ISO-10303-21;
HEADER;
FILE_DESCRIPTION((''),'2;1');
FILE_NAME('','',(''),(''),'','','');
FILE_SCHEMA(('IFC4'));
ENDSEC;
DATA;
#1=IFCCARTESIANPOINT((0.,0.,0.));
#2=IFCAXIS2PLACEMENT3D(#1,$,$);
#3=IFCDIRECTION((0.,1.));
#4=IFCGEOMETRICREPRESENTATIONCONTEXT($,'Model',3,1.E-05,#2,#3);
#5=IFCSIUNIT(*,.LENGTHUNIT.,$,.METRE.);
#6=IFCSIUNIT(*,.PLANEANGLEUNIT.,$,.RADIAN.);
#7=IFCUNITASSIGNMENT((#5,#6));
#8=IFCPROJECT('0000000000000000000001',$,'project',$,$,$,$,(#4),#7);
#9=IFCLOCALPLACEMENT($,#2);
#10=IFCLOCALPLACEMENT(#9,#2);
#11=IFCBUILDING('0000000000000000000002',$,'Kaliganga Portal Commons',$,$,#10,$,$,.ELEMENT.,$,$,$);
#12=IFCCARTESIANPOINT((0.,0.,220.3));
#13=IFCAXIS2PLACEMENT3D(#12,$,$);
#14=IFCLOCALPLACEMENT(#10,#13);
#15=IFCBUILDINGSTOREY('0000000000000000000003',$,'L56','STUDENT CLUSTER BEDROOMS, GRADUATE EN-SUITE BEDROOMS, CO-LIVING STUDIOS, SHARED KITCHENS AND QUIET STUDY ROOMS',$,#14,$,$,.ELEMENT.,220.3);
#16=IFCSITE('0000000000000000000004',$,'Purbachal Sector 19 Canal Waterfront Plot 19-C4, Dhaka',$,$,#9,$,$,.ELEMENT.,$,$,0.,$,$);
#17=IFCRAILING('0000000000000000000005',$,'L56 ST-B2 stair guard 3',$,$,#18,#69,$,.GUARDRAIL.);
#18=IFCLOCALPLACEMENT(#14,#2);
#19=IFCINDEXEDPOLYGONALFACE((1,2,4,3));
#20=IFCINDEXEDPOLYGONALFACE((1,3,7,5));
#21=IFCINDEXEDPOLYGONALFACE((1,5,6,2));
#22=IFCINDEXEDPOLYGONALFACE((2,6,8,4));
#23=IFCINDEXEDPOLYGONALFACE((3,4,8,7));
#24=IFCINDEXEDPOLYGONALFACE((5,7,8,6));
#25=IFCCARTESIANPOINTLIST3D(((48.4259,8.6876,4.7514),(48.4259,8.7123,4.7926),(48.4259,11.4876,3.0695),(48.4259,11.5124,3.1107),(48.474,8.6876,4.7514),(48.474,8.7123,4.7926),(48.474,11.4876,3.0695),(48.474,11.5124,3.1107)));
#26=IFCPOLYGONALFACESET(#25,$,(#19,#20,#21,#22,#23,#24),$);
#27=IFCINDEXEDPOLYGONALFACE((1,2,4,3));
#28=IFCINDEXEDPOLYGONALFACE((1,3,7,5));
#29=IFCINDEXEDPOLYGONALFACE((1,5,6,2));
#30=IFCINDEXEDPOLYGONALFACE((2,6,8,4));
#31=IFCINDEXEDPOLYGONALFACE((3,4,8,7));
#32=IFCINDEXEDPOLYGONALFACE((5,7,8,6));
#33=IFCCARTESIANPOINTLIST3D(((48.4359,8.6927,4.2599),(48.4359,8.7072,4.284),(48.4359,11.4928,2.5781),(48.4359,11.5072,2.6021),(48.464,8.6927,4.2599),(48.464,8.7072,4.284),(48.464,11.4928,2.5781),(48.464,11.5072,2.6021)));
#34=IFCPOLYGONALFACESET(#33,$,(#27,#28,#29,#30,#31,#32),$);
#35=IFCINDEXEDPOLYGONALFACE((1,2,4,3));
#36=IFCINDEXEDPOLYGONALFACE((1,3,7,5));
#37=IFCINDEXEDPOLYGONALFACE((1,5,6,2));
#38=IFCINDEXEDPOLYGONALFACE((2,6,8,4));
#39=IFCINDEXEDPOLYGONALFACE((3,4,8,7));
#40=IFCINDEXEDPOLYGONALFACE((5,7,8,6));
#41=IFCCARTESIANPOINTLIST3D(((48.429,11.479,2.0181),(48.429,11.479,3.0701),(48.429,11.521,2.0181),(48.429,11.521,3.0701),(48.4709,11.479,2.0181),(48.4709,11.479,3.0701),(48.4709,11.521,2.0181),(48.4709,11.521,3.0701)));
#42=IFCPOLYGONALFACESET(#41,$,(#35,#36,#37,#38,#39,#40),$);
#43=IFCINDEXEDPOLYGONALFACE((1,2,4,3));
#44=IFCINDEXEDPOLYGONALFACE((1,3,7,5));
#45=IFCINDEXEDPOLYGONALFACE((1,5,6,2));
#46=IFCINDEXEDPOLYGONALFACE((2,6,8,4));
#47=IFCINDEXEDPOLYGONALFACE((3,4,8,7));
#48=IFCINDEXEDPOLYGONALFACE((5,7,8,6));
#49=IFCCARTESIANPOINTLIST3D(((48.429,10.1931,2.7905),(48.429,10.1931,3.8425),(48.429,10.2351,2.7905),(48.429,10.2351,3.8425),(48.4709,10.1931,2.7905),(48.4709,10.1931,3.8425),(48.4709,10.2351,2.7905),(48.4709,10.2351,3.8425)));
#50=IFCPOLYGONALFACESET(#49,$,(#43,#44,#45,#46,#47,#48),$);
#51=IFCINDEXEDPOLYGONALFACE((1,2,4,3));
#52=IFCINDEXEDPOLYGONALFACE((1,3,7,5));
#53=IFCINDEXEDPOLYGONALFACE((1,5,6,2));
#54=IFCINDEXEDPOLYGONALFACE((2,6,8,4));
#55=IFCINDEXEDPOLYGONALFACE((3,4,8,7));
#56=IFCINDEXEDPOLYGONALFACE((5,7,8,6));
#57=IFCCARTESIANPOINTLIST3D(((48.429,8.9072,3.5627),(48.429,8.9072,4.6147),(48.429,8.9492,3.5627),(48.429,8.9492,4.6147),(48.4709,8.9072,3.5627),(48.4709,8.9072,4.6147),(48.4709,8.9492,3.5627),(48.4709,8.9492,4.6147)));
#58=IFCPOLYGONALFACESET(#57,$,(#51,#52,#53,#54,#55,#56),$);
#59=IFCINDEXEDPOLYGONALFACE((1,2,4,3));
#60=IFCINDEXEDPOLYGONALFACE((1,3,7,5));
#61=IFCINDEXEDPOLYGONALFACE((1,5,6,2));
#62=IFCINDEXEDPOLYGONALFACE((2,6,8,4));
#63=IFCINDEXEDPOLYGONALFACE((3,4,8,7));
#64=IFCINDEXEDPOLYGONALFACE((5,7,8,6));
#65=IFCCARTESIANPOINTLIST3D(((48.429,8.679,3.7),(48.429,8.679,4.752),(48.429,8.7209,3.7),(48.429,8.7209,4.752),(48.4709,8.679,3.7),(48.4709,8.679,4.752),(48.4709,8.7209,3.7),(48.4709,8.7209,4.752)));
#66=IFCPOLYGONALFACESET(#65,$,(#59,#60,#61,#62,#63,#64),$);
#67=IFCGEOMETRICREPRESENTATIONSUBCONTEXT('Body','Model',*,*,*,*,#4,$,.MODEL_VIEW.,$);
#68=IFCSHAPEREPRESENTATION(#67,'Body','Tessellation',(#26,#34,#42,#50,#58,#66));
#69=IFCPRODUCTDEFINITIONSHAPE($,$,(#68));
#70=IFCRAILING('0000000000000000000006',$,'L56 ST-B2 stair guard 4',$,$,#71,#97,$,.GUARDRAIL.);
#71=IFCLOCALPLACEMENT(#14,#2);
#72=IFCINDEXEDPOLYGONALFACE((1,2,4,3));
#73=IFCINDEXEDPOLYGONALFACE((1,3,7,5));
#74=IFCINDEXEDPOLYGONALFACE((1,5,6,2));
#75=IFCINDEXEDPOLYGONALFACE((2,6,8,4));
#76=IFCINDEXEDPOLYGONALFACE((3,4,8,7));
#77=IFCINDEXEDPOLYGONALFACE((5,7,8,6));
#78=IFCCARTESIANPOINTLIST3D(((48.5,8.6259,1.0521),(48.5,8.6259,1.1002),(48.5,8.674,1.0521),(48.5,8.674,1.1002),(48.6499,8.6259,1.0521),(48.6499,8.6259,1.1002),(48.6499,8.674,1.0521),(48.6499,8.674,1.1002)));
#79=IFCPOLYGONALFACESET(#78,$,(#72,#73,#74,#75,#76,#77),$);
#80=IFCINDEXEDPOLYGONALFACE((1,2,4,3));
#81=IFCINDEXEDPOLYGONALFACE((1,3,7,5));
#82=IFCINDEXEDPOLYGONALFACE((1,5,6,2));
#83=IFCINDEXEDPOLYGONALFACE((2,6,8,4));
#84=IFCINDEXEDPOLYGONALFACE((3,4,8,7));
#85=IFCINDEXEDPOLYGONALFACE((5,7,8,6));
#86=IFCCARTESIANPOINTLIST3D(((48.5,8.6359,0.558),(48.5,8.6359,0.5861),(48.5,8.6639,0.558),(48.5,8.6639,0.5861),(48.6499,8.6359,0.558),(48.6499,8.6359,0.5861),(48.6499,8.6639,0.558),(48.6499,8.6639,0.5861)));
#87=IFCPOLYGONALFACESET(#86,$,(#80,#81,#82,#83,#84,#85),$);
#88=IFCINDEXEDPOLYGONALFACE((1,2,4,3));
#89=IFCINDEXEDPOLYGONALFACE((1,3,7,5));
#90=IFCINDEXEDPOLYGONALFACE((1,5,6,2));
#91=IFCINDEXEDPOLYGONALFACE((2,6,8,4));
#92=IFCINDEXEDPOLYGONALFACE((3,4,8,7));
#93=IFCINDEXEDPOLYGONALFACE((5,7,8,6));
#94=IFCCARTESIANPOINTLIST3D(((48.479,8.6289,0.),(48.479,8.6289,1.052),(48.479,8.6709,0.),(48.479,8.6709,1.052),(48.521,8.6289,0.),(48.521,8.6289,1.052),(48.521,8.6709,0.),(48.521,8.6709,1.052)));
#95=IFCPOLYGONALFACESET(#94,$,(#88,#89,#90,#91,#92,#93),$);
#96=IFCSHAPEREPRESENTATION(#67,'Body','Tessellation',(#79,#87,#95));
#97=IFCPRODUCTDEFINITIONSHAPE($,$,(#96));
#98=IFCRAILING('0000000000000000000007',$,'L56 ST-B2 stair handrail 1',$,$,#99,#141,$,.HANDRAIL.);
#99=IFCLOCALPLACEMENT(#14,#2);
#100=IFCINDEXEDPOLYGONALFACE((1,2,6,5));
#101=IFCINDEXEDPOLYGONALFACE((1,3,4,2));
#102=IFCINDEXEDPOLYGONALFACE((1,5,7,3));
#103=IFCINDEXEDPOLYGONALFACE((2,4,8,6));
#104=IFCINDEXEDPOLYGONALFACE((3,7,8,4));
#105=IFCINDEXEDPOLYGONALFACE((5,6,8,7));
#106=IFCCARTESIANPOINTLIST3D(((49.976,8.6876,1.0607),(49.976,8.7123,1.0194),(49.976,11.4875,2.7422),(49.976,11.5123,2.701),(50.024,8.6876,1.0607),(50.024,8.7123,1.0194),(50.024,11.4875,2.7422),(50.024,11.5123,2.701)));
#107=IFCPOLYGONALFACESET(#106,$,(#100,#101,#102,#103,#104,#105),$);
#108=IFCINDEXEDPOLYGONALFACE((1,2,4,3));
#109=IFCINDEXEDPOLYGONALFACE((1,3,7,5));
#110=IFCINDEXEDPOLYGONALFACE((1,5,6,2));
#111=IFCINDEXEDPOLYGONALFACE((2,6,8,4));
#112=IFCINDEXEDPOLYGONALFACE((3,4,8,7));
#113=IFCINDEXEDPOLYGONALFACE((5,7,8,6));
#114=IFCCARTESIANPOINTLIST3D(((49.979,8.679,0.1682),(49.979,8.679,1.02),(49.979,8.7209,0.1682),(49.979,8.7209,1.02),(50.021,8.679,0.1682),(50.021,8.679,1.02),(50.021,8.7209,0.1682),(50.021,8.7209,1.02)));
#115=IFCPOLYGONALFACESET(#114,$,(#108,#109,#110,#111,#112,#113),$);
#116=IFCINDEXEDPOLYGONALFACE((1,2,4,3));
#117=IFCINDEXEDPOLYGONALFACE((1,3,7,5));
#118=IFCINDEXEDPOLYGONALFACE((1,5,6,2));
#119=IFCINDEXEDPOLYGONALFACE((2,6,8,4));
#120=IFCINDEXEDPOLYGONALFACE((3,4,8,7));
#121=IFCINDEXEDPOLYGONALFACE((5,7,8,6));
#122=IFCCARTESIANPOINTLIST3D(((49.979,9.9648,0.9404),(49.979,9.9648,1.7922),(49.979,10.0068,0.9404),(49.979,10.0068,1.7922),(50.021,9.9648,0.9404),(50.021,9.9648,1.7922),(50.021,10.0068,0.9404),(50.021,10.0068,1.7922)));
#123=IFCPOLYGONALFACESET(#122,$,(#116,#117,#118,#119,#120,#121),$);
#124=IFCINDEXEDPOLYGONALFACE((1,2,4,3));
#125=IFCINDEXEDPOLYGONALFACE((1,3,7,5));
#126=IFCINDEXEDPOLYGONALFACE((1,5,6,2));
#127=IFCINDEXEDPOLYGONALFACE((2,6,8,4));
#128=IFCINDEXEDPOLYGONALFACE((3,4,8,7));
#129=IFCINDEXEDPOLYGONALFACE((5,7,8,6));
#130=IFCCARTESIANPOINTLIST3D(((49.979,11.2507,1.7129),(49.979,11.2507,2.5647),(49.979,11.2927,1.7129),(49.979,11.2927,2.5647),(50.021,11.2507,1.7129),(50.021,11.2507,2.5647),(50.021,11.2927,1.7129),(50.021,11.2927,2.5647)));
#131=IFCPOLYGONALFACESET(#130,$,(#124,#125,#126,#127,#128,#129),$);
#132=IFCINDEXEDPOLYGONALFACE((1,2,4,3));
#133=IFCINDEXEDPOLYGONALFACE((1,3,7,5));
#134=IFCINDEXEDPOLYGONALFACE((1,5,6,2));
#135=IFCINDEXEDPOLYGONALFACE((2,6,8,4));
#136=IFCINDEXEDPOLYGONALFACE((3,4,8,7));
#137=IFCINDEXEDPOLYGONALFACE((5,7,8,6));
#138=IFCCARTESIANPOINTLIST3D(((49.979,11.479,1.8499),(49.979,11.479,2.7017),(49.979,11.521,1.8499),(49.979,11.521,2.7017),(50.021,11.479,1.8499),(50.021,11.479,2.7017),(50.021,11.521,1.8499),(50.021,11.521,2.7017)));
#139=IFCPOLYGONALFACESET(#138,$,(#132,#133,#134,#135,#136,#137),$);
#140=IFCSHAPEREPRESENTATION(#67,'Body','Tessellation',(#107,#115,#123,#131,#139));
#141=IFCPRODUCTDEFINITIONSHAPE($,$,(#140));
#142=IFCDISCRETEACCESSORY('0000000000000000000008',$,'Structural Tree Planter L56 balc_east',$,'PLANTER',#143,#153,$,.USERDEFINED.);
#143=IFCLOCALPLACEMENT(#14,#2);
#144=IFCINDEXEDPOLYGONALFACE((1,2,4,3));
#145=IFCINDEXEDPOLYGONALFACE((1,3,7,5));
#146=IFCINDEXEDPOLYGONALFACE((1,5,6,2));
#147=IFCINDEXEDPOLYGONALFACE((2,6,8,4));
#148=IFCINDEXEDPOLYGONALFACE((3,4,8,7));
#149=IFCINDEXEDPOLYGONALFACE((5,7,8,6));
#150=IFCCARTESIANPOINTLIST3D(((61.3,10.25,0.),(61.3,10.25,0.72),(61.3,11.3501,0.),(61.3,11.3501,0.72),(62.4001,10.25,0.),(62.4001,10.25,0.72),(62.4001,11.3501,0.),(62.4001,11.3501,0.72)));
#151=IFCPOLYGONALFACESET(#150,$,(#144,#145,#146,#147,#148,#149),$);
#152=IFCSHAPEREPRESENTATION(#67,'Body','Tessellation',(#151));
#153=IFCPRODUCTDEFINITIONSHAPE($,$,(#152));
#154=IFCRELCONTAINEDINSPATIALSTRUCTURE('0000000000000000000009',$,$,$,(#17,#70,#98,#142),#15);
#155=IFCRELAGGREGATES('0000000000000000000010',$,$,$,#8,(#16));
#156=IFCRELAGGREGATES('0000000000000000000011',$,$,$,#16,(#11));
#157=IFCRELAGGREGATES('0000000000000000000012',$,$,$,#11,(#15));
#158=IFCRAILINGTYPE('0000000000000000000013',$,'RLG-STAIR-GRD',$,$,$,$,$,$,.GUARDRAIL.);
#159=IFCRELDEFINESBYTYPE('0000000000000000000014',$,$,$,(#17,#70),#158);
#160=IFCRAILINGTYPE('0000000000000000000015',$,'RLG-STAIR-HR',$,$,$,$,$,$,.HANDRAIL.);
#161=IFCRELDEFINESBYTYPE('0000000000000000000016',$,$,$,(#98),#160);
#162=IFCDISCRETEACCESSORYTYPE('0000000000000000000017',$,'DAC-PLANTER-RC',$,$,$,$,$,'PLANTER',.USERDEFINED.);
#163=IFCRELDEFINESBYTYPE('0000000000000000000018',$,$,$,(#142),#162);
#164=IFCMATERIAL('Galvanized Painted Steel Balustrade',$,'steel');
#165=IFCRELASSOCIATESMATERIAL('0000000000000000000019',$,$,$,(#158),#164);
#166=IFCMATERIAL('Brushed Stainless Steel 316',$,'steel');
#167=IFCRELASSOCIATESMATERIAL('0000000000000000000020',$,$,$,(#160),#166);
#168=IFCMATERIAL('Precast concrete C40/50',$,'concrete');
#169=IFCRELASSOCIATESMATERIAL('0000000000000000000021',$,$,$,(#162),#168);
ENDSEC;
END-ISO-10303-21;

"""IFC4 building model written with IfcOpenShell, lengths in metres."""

from ifc_helpers import new_model, si_unit, direction, frame, origin, origin_2d, place, context, subcontext, project, spatial, rectangle, extrude, source, transform, mapped, material, type_object, element, save


model = new_model("IFC4")

# Units and contexts
model_context = context("Model", 3, precision=1e-05, world=origin(), true_north=direction((0.0, 1.0)))
body_context = subcontext(model_context, "Body", "Model", "MODEL_VIEW")
ifc_project = project(units=[si_unit("LENGTHUNIT", "METRE"), si_unit("PLANEANGLEUNIT", "RADIAN")], contexts=[model_context])

# Site, building, storey
site_placement = place(None, origin())
site = spatial("IfcSite", under=ifc_project, at=site_placement, Name="Purbachal Sector 19 Canal Waterfront Plot 19-C4, Dhaka", CompositionType="ELEMENT", RefElevation=0.0)
building_placement = place(site_placement, origin())
building = spatial("IfcBuilding", under=site, at=building_placement, Name="Kaliganga Portal Commons", CompositionType="ELEMENT")
storey_placement = place(building_placement, frame((0.0, 0.0, 220.3)))
storey = spatial("IfcBuildingStorey", under=building, at=storey_placement, Name="L56", Description="STUDENT CLUSTER BEDROOMS, GRADUATE EN-SUITE BEDROOMS, CO-LIVING STUDIOS, SHARED KITCHENS AND QUIET STUDY ROOMS", CompositionType="ELEMENT", Elevation=220.3)

# Railings
ifc_material_1 = material(Name="Galvanized Painted Steel Balustrade", Category="steel")
railing_type_1 = type_object("IfcRailingType", Name="RLG-STAIR-GRD", PredefinedType="GUARDRAIL", material=ifc_material_1)
railing_1_placement = place(storey_placement, frame((48.45, 11.5, 2.0181)))
element("IfcRailing", 1, at=railing_1_placement, inside=storey, type_object=railing_type_1, Name="L56 ST-B2 stair guard 3", PredefinedType="GUARDRAIL", context=body_context, shape_type="SweptSolid", body=[
    extrude(rectangle(XDim=0.0481, YDim=0.0481, at=origin_2d()), frame((0.0, 0.0, 1.072), z_axis=(0.0, -0.857242, 0.514913), x_axis=(1.0, 0.0, 0.0)), (0.0, 0.0, 1.0), 3.2664),
    extrude(rectangle(XDim=0.0281, YDim=0.0281, at=origin_2d()), frame((0.0, 0.0, 0.572), z_axis=(0.0, -0.857242, 0.514913), x_axis=(1.0, 0.0, 0.0)), (0.0, 0.0, 1.0), 3.2664),
    extrude(rectangle(XDim=0.042, YDim=0.042, at=origin_2d()), origin(), (0.0, 0.0, 1.0), 1.052),
    extrude(rectangle(XDim=0.042, YDim=0.042, at=origin_2d()), frame((0.0, -1.2859, 0.7725)), (0.0, 0.0, 1.0), 1.052),
    extrude(rectangle(XDim=0.042, YDim=0.042, at=origin_2d()), frame((0.0, -2.5718, 1.5447)), (0.0, 0.0, 1.0), 1.052),
    extrude(rectangle(XDim=0.042, YDim=0.042, at=origin_2d()), frame((0.0, -2.8, 1.6819)), (0.0, 0.0, 1.0), 1.052),
])
railing_2_placement = place(storey_placement, frame((48.6499, 8.6499, 0.0)))
element("IfcRailing", 2, at=railing_2_placement, inside=storey, type_object=railing_type_1, Name="L56 ST-B2 stair guard 4", PredefinedType="GUARDRAIL", context=body_context, shape_type="SweptSolid", body=[
    extrude(rectangle(XDim=0.0481, YDim=0.0481, at=origin_2d()), frame((0.0, 0.0, 1.0762), z_axis=(-1.0, 0.0, 0.0), x_axis=(0.0, -1.0, 0.0)), (0.0, 0.0, 1.0), 0.1499),
    extrude(rectangle(XDim=0.0281, YDim=0.0281, at=origin_2d()), frame((0.0, 0.0, 0.572), z_axis=(-1.0, 0.0, 0.0), x_axis=(0.0, -1.0, 0.0)), (0.0, 0.0, 1.0), 0.1499),
    extrude(rectangle(XDim=0.042, YDim=0.042, at=origin_2d()), frame((-0.1499, 0.0, 0.0)), (0.0, 0.0, 1.0), 1.052),
])
ifc_material_2 = material(Name="Brushed Stainless Steel 316", Category="steel")
railing_type_2 = type_object("IfcRailingType", Name="RLG-STAIR-HR", PredefinedType="HANDRAIL", material=ifc_material_2)
railing_3_placement = place(storey_placement, frame((50.0, 8.7, 0.1682)))
element("IfcRailing", 3, at=railing_3_placement, inside=storey, type_object=railing_type_2, Name="L56 ST-B2 stair handrail 1", PredefinedType="HANDRAIL", context=body_context, shape_type="SweptSolid", body=[
    extrude(rectangle(XDim=0.0481, YDim=0.0481, at=origin_2d()), frame((0.0, 0.0, 0.8718), z_axis=(0.0, 0.857275, 0.514858), x_axis=(-1.0, 0.0, 0.0)), (0.0, 0.0, 1.0), 3.2661),
    extrude(rectangle(XDim=0.042, YDim=0.042, at=origin_2d()), origin(), (0.0, 0.0, 1.0), 0.8518),
    extrude(rectangle(XDim=0.042, YDim=0.042, at=origin_2d()), frame((0.0, 1.2859, 0.7722)), (0.0, 0.0, 1.0), 0.8518),
    extrude(rectangle(XDim=0.042, YDim=0.042, at=origin_2d()), frame((0.0, 2.5718, 1.5447)), (0.0, 0.0, 1.0), 0.8518),
    extrude(rectangle(XDim=0.042, YDim=0.042, at=origin_2d()), frame((0.0, 2.8, 1.6816)), (0.0, 0.0, 1.0), 0.8518),
])

# Discrete accessory
ifc_material_3 = material(Name="Precast concrete C40/50", Category="concrete")
discrete_accessory_type = type_object("IfcDiscreteAccessoryType", Name="DAC-PLANTER-RC", ElementType="PLANTER", PredefinedType="USERDEFINED", material=ifc_material_3)
shared_shape_1 = source(origin(), body_context, "Body", "SweptSolid", [
    extrude(rectangle(XDim=1.1001, YDim=1.1001, at=origin_2d()), origin(), (0.0, 0.0, 1.0), 0.72),
])
discrete_accessory_placement = place(storey_placement, frame((61.8501, 10.8, 0.0), z_axis=(0.0, 0.0, 1.0), x_axis=(1.0, 0.0, 0.0)))
element("IfcDiscreteAccessory", 4, at=discrete_accessory_placement, inside=storey, type_object=discrete_accessory_type, Name="Structural Tree Planter L56 balc_east", ObjectType="PLANTER", PredefinedType="USERDEFINED", context=body_context, shape_type="MappedRepresentation", body=[
    mapped(shared_shape_1, transform((0.0, 0.0, 0.0), x_axis=(1.0, 0.0, 0.0), y_axis=(0.0, 1.0, 0.0), z_axis=(0.0, 0.0, 1.0), scale=1.0)),
])

save(model, "model.ifc")
